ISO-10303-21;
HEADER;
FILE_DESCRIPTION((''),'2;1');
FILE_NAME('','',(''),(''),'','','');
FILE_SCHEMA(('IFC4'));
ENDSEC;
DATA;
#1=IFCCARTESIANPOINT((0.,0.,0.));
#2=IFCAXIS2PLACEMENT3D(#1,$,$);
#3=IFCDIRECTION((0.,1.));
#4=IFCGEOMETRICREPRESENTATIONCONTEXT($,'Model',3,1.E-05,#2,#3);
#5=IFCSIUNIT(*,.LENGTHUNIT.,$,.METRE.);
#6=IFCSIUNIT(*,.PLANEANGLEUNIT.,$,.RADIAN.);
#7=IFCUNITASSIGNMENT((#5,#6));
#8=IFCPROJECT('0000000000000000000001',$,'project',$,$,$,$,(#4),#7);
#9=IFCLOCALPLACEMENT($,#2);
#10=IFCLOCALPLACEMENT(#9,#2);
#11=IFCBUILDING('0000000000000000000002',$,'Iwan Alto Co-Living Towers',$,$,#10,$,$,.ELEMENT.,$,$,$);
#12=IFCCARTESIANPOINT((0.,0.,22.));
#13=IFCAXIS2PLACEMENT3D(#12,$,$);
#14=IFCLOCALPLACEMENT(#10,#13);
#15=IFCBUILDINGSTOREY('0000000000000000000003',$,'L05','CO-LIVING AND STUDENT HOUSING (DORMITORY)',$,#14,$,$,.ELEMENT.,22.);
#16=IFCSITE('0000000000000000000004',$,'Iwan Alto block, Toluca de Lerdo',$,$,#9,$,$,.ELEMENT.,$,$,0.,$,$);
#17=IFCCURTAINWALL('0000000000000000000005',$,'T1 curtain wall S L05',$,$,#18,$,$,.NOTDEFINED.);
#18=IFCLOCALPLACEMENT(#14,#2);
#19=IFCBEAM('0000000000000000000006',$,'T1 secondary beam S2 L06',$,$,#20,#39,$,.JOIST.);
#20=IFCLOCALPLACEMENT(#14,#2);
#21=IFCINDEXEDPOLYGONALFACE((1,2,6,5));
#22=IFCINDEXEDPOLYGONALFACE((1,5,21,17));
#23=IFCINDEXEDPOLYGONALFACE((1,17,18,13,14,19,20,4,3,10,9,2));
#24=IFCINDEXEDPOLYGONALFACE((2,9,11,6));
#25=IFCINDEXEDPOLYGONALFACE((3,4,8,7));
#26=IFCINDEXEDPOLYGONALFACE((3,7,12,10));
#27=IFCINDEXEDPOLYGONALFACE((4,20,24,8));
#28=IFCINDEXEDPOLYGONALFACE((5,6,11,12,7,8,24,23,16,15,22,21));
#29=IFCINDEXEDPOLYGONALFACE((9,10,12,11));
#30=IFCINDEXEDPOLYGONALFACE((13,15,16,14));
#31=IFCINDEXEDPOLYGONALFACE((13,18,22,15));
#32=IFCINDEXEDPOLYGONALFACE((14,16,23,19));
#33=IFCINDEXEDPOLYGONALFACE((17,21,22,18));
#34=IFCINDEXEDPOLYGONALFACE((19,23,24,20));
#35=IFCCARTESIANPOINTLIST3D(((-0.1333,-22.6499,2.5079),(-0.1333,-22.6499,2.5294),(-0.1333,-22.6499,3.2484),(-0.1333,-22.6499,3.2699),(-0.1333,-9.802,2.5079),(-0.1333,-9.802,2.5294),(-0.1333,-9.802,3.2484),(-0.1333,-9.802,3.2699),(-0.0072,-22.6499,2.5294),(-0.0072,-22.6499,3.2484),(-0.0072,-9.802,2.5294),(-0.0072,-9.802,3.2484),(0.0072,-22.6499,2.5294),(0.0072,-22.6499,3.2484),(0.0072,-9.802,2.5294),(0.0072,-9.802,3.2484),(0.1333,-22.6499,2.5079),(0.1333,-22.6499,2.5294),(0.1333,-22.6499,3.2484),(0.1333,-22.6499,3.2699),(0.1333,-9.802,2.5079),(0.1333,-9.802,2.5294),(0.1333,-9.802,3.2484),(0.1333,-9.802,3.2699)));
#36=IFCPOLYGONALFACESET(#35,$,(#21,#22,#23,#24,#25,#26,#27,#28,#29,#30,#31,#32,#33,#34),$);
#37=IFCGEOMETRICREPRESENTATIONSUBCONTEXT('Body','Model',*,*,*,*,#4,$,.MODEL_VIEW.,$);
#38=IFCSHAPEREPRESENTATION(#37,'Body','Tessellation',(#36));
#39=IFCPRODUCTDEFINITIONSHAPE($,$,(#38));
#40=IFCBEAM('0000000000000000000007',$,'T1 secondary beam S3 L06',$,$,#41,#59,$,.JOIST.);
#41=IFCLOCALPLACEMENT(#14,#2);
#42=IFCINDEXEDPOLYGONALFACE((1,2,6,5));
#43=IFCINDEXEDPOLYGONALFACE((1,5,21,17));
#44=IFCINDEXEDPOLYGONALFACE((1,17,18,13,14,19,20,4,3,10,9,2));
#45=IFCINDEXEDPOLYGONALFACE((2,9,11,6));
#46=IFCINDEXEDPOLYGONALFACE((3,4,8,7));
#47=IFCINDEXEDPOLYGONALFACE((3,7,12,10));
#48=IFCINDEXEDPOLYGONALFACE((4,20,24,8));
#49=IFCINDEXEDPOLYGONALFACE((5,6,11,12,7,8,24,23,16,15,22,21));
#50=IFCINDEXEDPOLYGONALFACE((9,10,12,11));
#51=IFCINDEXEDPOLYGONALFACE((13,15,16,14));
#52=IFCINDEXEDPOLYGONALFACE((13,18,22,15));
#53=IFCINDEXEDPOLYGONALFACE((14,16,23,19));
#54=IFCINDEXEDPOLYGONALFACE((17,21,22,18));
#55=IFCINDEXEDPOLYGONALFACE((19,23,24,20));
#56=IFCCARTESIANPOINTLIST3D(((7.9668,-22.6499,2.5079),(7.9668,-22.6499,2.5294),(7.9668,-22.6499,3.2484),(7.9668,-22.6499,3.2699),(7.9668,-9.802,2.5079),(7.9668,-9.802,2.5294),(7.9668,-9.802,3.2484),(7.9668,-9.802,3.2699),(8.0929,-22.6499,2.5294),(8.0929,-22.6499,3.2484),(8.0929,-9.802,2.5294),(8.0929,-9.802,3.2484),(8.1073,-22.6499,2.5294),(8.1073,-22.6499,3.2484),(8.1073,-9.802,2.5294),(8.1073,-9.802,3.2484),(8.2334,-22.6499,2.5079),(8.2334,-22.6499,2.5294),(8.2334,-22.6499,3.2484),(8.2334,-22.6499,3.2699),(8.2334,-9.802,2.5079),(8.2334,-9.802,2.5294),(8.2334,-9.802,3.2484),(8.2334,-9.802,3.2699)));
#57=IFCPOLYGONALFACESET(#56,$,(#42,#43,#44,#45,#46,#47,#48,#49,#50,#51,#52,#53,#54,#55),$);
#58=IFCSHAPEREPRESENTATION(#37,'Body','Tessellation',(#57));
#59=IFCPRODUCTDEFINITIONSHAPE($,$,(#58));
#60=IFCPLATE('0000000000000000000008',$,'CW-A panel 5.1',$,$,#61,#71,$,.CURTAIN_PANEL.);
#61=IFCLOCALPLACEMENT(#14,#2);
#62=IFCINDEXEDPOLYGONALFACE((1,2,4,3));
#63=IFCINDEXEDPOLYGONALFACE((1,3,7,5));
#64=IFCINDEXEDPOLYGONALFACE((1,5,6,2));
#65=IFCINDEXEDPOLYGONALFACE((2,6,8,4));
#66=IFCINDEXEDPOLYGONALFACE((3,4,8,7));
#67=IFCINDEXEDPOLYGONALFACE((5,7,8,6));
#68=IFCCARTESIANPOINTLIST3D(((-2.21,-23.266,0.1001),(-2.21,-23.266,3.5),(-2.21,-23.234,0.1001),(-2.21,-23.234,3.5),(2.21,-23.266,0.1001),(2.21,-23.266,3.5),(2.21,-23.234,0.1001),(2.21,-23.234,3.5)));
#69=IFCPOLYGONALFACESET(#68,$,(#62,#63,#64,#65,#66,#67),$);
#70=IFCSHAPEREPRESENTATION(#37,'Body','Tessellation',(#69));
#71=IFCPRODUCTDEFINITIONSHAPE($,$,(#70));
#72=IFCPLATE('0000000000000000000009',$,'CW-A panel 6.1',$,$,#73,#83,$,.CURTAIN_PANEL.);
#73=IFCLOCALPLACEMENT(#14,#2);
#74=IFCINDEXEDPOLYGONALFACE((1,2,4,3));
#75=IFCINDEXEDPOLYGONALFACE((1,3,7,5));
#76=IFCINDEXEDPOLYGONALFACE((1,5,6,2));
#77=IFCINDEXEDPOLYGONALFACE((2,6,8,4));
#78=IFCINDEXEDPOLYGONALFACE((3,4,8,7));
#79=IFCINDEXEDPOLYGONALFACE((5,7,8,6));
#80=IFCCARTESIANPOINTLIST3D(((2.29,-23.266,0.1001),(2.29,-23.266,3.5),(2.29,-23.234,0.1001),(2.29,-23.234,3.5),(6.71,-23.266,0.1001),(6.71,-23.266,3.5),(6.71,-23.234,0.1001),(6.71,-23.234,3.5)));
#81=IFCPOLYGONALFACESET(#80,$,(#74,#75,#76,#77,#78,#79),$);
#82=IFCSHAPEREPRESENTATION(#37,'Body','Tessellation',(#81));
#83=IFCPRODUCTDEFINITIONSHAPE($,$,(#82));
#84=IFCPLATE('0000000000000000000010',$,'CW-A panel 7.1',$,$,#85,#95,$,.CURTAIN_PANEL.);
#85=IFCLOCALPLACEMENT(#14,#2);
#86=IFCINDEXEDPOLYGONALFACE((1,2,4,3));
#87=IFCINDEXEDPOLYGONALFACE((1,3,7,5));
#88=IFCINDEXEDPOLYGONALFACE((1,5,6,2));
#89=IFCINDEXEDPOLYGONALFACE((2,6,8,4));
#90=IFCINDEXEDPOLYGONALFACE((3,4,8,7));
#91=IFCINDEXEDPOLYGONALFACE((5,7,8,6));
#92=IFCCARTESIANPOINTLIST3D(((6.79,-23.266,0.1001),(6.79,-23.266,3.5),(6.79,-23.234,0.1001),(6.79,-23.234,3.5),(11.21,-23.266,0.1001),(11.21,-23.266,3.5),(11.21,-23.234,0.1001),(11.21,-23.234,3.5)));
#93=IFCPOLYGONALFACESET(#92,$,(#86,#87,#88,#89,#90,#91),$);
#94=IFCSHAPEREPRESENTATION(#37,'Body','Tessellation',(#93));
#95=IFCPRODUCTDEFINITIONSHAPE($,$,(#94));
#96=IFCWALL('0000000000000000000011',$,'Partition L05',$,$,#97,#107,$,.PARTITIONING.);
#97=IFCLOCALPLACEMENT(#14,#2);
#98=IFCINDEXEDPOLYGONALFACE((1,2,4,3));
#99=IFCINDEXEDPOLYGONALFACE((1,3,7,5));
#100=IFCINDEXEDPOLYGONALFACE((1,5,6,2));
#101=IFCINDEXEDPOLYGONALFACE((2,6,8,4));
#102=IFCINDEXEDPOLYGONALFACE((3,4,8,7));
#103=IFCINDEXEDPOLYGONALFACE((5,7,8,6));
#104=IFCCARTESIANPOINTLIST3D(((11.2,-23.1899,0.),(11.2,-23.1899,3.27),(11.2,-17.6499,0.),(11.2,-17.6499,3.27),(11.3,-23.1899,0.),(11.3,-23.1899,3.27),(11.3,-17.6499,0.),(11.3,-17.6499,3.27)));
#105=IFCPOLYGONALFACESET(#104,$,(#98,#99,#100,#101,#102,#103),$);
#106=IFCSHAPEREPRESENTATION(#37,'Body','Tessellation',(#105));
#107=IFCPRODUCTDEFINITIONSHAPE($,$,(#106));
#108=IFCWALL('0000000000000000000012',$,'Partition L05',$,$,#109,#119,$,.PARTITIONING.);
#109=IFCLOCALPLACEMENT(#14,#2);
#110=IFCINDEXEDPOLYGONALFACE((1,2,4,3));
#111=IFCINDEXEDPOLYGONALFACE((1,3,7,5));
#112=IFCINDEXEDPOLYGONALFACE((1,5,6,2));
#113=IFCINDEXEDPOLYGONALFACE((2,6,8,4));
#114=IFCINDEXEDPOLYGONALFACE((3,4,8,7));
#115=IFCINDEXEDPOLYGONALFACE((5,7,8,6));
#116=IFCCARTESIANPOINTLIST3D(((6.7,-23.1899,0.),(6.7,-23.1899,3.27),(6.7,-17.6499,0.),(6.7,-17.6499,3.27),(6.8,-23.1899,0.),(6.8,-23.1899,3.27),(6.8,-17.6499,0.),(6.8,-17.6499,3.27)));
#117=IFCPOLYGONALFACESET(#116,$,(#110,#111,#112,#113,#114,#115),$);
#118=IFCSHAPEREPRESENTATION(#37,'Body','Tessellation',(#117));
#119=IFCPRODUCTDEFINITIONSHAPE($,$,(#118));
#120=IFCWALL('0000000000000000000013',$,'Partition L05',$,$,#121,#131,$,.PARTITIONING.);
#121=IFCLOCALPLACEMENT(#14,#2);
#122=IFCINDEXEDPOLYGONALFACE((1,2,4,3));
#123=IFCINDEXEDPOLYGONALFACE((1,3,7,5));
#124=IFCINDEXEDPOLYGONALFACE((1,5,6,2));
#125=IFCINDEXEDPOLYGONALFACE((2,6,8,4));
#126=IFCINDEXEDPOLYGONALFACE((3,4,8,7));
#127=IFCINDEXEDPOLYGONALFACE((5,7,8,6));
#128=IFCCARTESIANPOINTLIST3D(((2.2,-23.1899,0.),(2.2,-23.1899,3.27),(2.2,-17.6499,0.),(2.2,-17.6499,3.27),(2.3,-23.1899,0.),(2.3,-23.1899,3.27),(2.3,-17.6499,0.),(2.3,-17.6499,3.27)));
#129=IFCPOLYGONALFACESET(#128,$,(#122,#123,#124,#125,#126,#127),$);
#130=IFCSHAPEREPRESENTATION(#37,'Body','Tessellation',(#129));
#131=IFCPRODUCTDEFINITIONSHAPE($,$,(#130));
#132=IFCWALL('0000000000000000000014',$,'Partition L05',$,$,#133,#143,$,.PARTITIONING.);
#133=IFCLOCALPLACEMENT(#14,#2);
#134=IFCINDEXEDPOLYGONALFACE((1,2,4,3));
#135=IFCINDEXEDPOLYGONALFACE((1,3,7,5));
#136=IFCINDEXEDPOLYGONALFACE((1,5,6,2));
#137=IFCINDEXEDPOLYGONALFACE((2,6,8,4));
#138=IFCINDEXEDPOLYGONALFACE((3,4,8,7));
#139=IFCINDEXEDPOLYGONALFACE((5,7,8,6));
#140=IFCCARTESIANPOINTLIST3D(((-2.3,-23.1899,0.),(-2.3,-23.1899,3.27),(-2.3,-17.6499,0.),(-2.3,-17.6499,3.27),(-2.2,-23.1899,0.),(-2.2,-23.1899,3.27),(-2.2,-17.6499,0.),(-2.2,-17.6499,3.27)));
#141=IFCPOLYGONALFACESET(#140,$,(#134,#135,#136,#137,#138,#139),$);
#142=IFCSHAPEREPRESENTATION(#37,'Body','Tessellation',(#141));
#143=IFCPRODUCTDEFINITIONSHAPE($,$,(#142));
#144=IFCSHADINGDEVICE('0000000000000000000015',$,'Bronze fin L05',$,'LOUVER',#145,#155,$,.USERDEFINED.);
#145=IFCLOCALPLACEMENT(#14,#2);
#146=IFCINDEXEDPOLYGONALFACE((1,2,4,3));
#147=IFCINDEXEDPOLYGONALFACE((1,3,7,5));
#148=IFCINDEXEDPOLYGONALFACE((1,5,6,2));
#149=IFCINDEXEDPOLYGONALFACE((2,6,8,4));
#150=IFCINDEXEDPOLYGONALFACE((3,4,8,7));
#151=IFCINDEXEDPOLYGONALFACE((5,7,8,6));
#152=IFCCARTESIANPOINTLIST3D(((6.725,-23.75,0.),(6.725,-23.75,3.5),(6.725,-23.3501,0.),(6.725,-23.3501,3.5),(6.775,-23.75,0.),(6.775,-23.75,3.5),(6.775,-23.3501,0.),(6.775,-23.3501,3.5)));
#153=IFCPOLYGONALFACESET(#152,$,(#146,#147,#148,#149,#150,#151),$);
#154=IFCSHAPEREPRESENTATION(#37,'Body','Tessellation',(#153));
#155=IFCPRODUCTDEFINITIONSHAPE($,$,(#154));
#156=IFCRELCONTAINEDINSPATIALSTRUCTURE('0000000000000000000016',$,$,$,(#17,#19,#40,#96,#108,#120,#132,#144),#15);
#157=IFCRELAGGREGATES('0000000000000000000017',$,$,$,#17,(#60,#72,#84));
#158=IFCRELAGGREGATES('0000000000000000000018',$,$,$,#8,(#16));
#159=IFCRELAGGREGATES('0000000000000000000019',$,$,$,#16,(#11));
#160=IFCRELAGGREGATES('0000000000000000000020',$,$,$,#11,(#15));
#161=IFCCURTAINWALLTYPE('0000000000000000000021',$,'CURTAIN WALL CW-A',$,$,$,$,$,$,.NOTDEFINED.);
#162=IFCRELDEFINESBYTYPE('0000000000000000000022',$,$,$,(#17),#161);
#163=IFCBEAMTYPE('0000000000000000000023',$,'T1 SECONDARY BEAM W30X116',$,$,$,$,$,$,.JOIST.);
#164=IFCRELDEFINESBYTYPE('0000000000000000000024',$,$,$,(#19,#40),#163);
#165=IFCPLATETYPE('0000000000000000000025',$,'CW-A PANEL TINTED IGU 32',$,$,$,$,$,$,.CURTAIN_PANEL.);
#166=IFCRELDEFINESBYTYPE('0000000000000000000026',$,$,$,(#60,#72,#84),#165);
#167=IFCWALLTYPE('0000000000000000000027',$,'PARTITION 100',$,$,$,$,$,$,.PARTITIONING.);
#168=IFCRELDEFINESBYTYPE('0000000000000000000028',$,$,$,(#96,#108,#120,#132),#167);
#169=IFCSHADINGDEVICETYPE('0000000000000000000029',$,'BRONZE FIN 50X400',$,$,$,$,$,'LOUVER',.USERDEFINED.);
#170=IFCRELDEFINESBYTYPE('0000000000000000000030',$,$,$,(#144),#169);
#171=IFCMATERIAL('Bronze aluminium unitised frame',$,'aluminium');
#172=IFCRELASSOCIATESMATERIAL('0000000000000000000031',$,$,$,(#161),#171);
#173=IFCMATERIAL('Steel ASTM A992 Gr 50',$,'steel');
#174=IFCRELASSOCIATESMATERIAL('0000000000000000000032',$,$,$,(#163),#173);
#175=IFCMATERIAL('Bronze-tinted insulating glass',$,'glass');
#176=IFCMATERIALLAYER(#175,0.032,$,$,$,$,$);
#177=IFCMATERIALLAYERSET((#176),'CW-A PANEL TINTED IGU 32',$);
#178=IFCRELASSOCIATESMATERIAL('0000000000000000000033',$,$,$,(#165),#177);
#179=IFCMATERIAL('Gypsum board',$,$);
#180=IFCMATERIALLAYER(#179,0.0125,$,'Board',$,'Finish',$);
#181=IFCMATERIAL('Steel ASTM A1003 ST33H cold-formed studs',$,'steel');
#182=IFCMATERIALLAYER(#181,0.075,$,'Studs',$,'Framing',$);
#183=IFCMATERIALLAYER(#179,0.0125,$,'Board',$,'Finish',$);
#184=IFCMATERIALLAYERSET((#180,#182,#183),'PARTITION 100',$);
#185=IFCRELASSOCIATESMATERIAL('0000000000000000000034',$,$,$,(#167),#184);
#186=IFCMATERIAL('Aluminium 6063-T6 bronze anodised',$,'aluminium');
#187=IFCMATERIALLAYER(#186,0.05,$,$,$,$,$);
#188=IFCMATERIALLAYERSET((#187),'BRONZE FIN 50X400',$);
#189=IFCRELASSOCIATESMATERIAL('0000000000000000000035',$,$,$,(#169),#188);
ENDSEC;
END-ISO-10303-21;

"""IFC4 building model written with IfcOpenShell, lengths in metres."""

from ifc_helpers import new_model, si_unit, direction, frame, frame_2d, origin, origin_2d, place, context, subcontext, project, spatial, rectangle, i_section, extrude, material, layer, layer_set, material_profile, profile_set, type_object, element, aggregate, save


model = new_model("IFC4")

# Units and contexts
model_context = context("Model", 3, precision=1e-05, world=origin(), true_north=direction((0.0, 1.0)))
body_context = subcontext(model_context, "Body", "Model", "MODEL_VIEW")
ifc_project = project(units=[si_unit("LENGTHUNIT", "METRE"), si_unit("PLANEANGLEUNIT", "RADIAN")], contexts=[model_context])

# Site, building, storey
site_placement = place(None, origin())
site = spatial("IfcSite", under=ifc_project, at=site_placement, Name="Iwan Alto block, Toluca de Lerdo", CompositionType="ELEMENT", RefElevation=0.0)
building_placement = place(site_placement, origin())
building = spatial("IfcBuilding", under=site, at=building_placement, Name="Iwan Alto Co-Living Towers", CompositionType="ELEMENT")
storey_placement = place(building_placement, frame((0.0, 0.0, 22.0)))
storey = spatial("IfcBuildingStorey", under=building, at=storey_placement, Name="L05", Description="CO-LIVING AND STUDENT HOUSING (DORMITORY)", CompositionType="ELEMENT", Elevation=22.0)

# Curtain wall
ifc_material_1 = material(Name="Bronze aluminium unitised frame", Category="aluminium")
curtain_wall_type = type_object("IfcCurtainWallType", Name="CURTAIN WALL CW-A", PredefinedType="NOTDEFINED", material=ifc_material_1)
curtain_wall_placement = place(storey_placement, origin())
curtain_wall = element("IfcCurtainWall", 1, at=curtain_wall_placement, inside=storey, type_object=curtain_wall_type, Name="T1 curtain wall S L05", PredefinedType="NOTDEFINED")

# Beams
ifc_material_2 = material(Name="Steel ASTM A992 Gr 50", Category="steel")
ifc_material_profile_1 = material_profile(ifc_material_2, i_section(OverallWidth=0.2666, OverallDepth=0.762, WebThickness=0.0144, FlangeThickness=0.0215, at=origin_2d()), Name="W30X116")
ifc_profile_set_1 = profile_set([ifc_material_profile_1], Name="Steel ASTM A992 Gr 50")
beam_type_1 = type_object("IfcBeamType", Name="T1 SECONDARY BEAM W30X116", PredefinedType="JOIST", material=ifc_profile_set_1)
for number, where, z_axis, x_axis, name in (
    (2, (0.0, -22.6499, 2.8889), (0.0, 1.0, 0.0), (-1.0, 0.0, 0.0), "T1 secondary beam S2 L06"),
    (3, (8.1001, -22.6499, 2.8889), (0.0, 1.0, 0.0), (-1.0, 0.0, 0.0), "T1 secondary beam S3 L06"),
):
    element("IfcBeam", number, at=place(storey_placement, frame(where, z_axis=z_axis, x_axis=x_axis)), inside=storey, type_object=beam_type_1, Name=name, PredefinedType="JOIST", context=body_context, shape_type="SweptSolid", body=[
        extrude(i_section(OverallWidth=0.2666, OverallDepth=0.762, WebThickness=0.0144, FlangeThickness=0.0215, at=origin_2d()), origin(), (0.0, 0.0, 1.0), 12.8479),
    ])

# Plates
ifc_material_3 = material(Name="Bronze-tinted insulating glass", Category="glass")
ifc_layer_1 = layer(ifc_material_3, 0.032)
ifc_layer_set_1 = layer_set([ifc_layer_1], Name="CW-A PANEL TINTED IGU 32")
plate_type = type_object("IfcPlateType", Name="CW-A PANEL TINTED IGU 32", PredefinedType="CURTAIN_PANEL", material=ifc_layer_set_1)
plate_1_placement = place(storey_placement, frame((0.0, -23.25, 0.1001), z_axis=(0.0, 0.0, 1.0), x_axis=(1.0, 0.0, 0.0)))
plate_1 = element("IfcPlate", 4, at=plate_1_placement, type_object=plate_type, Name="CW-A panel 5.1", PredefinedType="CURTAIN_PANEL", context=body_context, shape_type="SweptSolid", body=[
    extrude(rectangle(XDim=4.4199, YDim=0.032, at=origin_2d()), origin(), (0.0, 0.0, 1.0), 3.3999),
])
plate_2_placement = place(storey_placement, frame((4.5, -23.25, 0.1001), z_axis=(0.0, 0.0, 1.0), x_axis=(1.0, 0.0, 0.0)))
plate_2 = element("IfcPlate", 5, at=plate_2_placement, type_object=plate_type, Name="CW-A panel 6.1", PredefinedType="CURTAIN_PANEL", context=body_context, shape_type="SweptSolid", body=[
    extrude(rectangle(XDim=4.4199, YDim=0.032, at=origin_2d()), origin(), (0.0, 0.0, 1.0), 3.3999),
])
plate_3_placement = place(storey_placement, frame((9.0, -23.25, 0.1001), z_axis=(0.0, 0.0, 1.0), x_axis=(1.0, 0.0, 0.0)))
plate_3 = element("IfcPlate", 6, at=plate_3_placement, type_object=plate_type, Name="CW-A panel 7.1", PredefinedType="CURTAIN_PANEL", context=body_context, shape_type="SweptSolid", body=[
    extrude(rectangle(XDim=4.4199, YDim=0.032, at=origin_2d()), origin(), (0.0, 0.0, 1.0), 3.3999),
])
aggregate(curtain_wall, [plate_1, plate_2, plate_3])

# Walls
ifc_material_4 = material(Name="Gypsum board")
ifc_layer_2 = layer(ifc_material_4, 0.0125, Name="Board", Category="Finish")
ifc_material_5 = material(Name="Steel ASTM A1003 ST33H cold-formed studs", Category="steel")
ifc_layer_3 = layer(ifc_material_5, 0.075, Name="Studs", Category="Framing")
ifc_layer_4 = layer(ifc_material_4, 0.0125, Name="Board", Category="Finish")
ifc_layer_set_2 = layer_set([ifc_layer_2, ifc_layer_3, ifc_layer_4], Name="PARTITION 100")
wall_type = type_object("IfcWallType", Name="PARTITION 100", PredefinedType="PARTITIONING", material=ifc_layer_set_2)
for number, where, z_axis, x_axis, name in (
    (7, (11.25, -23.1899, 0.0), (0.0, 0.0, 1.0), (0.0, 1.0, 0.0), "Partition L05"),
    (8, (6.75, -23.1899, 0.0), (0.0, 0.0, 1.0), (0.0, 1.0, 0.0), "Partition L05"),
    (9, (2.25, -23.1899, 0.0), (0.0, 0.0, 1.0), (0.0, 1.0, 0.0), "Partition L05"),
    (10, (-2.25, -23.1899, 0.0), (0.0, 0.0, 1.0), (0.0, 1.0, 0.0), "Partition L05"),
):
    element("IfcWall", number, at=place(storey_placement, frame(where, z_axis=z_axis, x_axis=x_axis)), inside=storey, type_object=wall_type, Name=name, PredefinedType="PARTITIONING", context=body_context, shape_type="SweptSolid", body=[
        extrude(rectangle(XDim=5.54, YDim=0.1001, at=frame_2d((2.77, 0.0))), origin(), (0.0, 0.0, 1.0), 3.27),
    ])

# Shading device
ifc_material_6 = material(Name="Aluminium 6063-T6 bronze anodised", Category="aluminium")
ifc_layer_5 = layer(ifc_material_6, 0.05)
ifc_layer_set_3 = layer_set([ifc_layer_5], Name="BRONZE FIN 50X400")
shading_device_type = type_object("IfcShadingDeviceType", Name="BRONZE FIN 50X400", ElementType="LOUVER", PredefinedType="USERDEFINED", material=ifc_layer_set_3)
shading_device_placement = place(storey_placement, frame((6.75, -23.55, 0.0), z_axis=(0.0, 0.0, 1.0), x_axis=(1.0, 0.0, 0.0)))
element("IfcShadingDevice", 11, at=shading_device_placement, inside=storey, type_object=shading_device_type, Name="Bronze fin L05", ObjectType="LOUVER", PredefinedType="USERDEFINED", context=body_context, shape_type="SweptSolid", body=[
    extrude(rectangle(XDim=0.05, YDim=0.3999, at=origin_2d()), origin(), (0.0, 0.0, 1.0), 3.5),
])

save(model, "model.ifc")
